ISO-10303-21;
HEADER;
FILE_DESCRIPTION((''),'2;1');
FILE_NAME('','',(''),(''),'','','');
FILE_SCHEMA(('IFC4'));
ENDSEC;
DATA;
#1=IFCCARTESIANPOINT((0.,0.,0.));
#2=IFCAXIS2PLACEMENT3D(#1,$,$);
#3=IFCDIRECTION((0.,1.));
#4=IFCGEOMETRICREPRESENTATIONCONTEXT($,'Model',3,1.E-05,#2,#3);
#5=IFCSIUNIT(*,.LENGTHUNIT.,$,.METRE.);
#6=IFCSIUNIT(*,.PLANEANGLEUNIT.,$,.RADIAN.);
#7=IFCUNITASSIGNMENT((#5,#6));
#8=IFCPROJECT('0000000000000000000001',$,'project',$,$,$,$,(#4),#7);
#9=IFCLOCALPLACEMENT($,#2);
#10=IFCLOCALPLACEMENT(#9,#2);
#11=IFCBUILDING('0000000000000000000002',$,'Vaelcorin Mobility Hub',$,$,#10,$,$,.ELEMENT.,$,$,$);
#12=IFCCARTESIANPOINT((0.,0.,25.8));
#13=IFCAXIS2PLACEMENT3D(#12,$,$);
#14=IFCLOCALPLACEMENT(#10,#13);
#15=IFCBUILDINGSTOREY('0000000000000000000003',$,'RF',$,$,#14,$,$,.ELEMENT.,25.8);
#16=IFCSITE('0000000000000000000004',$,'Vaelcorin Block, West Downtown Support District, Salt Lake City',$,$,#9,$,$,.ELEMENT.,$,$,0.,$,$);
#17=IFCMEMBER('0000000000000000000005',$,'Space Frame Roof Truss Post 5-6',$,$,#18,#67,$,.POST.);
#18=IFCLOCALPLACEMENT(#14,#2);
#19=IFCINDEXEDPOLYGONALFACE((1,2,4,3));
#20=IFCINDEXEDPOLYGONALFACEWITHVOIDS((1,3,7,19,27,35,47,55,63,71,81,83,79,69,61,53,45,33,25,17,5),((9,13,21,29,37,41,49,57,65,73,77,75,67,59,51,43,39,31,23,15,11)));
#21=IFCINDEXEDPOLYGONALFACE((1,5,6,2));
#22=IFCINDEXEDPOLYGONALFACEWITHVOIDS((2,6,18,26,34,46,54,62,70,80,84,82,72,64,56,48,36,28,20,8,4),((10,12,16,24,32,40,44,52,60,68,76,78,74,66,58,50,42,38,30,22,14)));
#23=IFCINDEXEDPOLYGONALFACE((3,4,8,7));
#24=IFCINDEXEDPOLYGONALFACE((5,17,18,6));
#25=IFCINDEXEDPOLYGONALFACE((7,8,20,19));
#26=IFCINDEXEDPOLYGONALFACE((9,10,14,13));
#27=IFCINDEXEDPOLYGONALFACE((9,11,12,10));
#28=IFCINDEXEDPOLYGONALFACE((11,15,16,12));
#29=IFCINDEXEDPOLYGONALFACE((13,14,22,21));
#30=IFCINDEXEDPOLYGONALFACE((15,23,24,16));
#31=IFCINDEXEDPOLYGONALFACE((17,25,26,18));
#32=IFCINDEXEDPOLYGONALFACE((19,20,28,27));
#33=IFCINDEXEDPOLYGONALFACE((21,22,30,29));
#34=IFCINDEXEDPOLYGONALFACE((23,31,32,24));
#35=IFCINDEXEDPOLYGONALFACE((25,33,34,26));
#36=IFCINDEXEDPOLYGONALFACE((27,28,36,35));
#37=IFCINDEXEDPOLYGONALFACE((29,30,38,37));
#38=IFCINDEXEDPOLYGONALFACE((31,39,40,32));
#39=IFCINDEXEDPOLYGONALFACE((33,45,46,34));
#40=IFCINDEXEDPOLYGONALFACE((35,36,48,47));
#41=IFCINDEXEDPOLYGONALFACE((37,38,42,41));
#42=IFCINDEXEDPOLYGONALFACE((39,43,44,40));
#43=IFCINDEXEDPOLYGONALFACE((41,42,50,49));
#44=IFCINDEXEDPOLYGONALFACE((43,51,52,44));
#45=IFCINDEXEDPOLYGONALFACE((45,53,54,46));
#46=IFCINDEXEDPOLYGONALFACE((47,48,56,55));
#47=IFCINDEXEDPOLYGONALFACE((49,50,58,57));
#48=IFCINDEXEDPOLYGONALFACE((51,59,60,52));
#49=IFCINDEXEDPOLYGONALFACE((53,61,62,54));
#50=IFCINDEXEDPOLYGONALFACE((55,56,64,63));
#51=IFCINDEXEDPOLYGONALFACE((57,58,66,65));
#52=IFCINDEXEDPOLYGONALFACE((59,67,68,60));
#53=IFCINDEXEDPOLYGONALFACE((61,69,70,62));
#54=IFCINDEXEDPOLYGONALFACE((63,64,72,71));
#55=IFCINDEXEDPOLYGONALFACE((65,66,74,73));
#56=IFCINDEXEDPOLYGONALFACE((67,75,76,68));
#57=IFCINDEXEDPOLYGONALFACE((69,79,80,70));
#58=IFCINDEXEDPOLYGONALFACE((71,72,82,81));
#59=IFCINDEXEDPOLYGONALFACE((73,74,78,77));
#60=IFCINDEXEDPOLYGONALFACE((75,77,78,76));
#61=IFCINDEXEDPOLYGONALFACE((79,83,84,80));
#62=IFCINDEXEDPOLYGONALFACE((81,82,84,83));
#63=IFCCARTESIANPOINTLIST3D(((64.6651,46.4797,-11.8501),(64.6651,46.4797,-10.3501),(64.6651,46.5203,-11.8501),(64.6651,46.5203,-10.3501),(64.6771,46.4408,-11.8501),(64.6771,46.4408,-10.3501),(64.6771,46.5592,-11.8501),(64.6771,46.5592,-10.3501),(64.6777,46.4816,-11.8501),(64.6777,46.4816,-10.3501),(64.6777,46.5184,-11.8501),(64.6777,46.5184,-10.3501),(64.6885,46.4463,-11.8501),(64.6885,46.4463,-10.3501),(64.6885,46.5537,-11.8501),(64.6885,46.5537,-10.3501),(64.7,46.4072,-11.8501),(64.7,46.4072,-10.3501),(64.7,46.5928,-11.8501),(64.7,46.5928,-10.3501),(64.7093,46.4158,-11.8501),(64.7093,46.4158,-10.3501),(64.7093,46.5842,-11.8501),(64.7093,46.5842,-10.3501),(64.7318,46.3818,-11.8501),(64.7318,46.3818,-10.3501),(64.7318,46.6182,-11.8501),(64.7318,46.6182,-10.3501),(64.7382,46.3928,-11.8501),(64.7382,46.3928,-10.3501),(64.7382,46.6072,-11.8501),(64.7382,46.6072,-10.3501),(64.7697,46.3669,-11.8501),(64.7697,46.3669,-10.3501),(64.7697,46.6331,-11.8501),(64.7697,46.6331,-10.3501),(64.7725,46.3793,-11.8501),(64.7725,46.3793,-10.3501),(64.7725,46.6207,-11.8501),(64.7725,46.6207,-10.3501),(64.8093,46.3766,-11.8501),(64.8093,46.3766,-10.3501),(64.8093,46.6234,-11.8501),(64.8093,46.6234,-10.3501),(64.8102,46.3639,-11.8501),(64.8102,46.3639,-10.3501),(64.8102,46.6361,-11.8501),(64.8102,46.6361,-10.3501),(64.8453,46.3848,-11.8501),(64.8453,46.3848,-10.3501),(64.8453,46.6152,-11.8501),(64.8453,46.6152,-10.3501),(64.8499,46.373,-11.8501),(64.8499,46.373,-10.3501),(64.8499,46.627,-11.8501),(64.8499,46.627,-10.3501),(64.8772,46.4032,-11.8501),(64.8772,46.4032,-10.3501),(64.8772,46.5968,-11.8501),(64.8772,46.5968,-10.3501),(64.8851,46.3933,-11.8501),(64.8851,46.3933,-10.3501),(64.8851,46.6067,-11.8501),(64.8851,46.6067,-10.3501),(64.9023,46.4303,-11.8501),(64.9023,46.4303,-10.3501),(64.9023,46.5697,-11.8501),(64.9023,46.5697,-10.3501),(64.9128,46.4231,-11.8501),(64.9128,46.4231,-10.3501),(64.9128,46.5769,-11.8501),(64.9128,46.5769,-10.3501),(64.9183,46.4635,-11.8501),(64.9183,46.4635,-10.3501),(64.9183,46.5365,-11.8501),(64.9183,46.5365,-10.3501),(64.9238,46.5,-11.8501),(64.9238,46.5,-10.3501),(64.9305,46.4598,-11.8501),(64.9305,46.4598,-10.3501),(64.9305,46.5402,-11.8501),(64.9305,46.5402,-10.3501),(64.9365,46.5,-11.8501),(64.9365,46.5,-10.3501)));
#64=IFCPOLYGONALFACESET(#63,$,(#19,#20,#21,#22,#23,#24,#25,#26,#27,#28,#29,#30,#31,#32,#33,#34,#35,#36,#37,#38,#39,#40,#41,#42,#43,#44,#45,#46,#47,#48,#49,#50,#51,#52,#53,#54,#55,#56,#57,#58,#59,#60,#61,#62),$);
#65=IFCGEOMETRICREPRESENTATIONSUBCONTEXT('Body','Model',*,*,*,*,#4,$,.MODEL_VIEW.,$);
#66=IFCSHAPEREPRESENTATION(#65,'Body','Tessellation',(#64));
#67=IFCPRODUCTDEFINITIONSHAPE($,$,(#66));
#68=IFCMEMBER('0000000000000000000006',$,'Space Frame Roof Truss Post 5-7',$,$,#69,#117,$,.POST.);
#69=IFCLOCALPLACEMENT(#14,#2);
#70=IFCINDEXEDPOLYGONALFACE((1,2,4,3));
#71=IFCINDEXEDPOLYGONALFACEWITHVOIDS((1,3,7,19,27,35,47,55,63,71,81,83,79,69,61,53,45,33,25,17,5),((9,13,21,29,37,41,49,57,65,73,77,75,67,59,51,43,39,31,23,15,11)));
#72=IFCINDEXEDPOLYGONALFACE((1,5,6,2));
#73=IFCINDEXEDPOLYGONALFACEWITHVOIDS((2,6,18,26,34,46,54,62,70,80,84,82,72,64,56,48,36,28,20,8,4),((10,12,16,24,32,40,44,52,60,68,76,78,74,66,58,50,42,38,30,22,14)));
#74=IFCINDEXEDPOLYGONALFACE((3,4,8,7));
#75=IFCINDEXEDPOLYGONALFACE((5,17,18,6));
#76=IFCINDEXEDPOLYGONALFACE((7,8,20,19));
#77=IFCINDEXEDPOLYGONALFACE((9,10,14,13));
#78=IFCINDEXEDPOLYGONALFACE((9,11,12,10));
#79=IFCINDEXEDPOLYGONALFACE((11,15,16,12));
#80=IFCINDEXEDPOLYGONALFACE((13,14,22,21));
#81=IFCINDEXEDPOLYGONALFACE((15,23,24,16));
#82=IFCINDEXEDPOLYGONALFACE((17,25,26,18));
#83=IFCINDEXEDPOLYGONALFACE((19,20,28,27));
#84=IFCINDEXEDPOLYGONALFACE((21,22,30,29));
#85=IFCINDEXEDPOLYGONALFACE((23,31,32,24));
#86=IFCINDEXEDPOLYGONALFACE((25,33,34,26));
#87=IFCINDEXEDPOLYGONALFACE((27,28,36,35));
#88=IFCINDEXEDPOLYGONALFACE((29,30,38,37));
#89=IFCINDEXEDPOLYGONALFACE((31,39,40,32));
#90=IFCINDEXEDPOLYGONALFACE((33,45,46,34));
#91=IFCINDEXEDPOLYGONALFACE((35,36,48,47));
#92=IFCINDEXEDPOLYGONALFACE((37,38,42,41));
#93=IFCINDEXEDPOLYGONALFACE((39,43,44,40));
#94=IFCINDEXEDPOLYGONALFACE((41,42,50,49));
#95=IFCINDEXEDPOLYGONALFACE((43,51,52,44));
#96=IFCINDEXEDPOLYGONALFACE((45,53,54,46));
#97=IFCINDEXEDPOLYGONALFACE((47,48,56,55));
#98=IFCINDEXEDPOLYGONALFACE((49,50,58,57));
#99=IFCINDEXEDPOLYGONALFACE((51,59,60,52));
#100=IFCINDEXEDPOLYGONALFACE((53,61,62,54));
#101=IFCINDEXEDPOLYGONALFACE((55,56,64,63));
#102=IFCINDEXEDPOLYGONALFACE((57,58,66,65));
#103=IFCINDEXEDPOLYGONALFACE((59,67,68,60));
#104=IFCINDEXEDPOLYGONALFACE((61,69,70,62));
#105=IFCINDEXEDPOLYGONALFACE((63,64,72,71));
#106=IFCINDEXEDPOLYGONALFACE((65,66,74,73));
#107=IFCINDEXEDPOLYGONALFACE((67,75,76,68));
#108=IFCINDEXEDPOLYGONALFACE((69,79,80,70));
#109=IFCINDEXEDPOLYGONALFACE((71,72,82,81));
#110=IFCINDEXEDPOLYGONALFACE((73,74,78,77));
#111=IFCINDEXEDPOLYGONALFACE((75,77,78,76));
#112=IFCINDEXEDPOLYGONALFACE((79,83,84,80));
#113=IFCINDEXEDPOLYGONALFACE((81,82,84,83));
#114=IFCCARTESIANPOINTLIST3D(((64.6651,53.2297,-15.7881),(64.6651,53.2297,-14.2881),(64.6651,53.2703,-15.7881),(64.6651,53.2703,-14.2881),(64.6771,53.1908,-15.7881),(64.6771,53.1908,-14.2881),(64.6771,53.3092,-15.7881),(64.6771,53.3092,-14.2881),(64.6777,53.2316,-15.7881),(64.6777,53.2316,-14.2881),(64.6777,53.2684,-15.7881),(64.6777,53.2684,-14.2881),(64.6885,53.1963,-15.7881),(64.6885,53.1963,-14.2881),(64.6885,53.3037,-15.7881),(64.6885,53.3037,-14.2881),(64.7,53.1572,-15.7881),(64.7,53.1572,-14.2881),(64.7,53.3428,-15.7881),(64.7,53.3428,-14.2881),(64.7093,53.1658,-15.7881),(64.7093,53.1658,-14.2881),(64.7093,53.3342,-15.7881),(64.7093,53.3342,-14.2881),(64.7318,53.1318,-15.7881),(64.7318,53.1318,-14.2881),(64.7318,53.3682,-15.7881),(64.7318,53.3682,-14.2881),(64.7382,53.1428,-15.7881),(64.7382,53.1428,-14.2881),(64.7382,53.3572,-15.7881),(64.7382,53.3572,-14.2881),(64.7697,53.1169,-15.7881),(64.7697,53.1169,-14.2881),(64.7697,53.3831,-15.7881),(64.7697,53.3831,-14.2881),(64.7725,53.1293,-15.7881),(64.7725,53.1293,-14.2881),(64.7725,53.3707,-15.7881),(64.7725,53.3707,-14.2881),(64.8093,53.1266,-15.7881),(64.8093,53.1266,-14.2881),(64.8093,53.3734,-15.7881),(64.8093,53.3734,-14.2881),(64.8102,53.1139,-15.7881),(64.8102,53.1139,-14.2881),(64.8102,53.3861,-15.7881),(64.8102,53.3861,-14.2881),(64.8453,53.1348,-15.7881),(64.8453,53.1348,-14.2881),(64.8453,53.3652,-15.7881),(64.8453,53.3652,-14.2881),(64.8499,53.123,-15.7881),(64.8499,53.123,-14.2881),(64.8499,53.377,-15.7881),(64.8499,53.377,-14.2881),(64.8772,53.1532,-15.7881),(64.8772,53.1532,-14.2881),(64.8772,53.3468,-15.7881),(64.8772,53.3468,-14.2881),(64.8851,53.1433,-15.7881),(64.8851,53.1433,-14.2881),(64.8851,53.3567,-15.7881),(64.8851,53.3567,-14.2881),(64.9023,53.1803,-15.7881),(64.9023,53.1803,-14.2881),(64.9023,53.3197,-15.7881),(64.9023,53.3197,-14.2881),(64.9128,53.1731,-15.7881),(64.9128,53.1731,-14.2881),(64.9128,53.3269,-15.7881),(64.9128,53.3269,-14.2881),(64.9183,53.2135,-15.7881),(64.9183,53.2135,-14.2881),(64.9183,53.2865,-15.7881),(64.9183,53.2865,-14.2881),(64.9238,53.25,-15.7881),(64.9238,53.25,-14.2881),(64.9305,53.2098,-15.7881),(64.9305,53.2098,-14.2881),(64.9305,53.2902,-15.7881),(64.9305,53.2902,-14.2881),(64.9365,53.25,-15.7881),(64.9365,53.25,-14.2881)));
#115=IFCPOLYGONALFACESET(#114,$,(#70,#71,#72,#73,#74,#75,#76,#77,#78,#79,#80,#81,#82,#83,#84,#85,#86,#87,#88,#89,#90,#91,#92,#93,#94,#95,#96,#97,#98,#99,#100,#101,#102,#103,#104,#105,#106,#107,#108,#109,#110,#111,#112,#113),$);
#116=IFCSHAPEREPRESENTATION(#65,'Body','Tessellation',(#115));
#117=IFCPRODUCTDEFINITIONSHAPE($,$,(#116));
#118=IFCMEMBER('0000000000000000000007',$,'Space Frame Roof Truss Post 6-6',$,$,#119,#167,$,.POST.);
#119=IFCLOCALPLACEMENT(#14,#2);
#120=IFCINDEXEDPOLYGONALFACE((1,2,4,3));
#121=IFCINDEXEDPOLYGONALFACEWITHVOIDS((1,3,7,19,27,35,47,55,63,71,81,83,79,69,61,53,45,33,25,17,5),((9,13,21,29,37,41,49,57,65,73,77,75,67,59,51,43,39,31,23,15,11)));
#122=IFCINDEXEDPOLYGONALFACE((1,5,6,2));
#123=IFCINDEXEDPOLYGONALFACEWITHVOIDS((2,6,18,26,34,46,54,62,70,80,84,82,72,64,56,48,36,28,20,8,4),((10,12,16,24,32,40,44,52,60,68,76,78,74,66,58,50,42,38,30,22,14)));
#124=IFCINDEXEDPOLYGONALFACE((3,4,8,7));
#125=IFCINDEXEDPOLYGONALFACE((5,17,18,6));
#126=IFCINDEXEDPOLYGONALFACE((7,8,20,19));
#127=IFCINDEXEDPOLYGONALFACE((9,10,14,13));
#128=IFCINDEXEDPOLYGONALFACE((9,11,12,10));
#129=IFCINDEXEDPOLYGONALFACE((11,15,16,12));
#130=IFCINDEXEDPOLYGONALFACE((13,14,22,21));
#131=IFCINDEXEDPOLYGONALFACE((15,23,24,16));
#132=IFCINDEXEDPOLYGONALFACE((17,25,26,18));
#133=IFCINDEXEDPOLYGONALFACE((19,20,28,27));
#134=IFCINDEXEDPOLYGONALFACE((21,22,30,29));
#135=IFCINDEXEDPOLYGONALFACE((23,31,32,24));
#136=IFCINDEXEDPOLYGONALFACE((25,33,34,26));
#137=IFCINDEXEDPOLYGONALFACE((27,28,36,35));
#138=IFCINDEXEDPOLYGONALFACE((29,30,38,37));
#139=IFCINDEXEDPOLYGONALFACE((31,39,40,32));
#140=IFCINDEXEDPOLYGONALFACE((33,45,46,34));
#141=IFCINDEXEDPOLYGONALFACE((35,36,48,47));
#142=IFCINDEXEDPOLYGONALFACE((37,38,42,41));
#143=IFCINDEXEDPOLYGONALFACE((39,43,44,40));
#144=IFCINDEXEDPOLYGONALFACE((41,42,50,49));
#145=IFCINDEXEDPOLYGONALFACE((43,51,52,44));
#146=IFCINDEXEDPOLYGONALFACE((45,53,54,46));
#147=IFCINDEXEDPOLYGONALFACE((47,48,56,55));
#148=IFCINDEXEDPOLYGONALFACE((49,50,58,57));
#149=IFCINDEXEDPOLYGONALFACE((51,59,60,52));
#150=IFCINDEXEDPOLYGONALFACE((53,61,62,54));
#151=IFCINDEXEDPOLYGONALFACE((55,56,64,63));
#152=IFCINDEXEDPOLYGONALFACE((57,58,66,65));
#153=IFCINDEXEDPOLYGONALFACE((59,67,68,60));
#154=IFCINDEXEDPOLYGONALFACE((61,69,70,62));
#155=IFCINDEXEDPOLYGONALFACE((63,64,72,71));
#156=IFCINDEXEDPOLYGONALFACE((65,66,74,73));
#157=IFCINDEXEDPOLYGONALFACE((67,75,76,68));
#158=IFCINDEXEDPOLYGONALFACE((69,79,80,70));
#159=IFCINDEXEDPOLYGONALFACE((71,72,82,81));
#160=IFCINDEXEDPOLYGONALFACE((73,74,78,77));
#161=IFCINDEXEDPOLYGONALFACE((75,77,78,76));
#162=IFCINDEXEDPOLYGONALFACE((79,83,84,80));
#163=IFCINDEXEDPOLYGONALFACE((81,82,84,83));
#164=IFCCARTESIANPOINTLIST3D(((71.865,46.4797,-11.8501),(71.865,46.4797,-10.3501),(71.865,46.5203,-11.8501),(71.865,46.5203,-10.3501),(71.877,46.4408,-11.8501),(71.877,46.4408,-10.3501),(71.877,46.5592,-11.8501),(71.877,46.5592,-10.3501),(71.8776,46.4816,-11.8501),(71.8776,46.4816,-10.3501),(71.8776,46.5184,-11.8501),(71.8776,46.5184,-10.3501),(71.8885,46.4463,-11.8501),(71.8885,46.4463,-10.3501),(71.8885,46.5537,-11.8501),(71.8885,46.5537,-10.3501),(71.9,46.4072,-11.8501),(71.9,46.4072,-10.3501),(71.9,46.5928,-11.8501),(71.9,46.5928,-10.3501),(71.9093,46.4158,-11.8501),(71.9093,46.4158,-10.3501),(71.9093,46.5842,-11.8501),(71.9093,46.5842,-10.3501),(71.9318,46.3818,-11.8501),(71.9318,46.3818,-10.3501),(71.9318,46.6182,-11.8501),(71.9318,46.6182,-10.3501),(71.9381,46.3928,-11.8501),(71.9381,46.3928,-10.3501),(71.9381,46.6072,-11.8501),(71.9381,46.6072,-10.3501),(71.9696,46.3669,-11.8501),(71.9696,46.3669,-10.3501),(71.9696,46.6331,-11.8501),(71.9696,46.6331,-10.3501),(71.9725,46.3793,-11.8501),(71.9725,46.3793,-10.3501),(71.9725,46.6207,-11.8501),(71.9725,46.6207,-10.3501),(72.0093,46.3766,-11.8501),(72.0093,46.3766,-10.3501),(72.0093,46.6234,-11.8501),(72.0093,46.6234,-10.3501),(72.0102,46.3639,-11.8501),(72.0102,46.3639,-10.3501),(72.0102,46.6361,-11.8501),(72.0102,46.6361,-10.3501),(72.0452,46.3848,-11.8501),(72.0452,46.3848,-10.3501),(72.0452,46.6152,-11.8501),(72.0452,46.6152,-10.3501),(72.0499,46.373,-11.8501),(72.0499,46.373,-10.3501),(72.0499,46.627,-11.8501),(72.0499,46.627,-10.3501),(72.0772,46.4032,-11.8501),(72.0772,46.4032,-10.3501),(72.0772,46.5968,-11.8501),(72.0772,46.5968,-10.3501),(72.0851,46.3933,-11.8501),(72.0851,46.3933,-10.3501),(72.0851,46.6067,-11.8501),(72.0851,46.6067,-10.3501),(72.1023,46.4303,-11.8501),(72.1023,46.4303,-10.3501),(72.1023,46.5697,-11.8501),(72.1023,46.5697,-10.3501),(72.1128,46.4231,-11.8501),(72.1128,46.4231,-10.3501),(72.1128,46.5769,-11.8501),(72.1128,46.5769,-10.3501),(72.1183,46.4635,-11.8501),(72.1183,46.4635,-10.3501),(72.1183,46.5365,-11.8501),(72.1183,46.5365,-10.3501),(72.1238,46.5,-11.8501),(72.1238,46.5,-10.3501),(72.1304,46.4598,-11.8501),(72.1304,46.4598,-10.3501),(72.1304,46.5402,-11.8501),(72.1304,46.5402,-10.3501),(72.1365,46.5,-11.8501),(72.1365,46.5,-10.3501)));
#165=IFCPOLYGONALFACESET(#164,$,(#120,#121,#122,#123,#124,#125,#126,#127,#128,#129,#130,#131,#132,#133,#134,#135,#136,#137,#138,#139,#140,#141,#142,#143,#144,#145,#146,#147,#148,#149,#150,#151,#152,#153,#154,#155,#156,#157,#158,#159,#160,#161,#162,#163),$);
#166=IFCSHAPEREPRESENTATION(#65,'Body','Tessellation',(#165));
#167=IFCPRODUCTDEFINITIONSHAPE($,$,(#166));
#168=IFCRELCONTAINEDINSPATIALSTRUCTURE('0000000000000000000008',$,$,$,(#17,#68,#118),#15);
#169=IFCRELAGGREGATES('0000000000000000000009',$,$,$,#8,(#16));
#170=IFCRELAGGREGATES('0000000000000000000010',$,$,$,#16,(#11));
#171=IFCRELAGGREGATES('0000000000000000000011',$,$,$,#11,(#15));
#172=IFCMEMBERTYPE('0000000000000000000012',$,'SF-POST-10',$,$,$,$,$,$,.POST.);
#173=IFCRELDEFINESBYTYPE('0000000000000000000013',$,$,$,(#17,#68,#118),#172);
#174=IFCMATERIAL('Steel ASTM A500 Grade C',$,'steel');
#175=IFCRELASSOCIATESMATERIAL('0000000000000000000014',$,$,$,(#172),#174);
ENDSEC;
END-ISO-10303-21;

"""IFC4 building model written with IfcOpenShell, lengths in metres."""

from ifc_helpers import new_model, si_unit, direction, frame, origin, origin_2d, place, context, subcontext, project, spatial, hollow_circle, extrude, material, material_profile, profile_set, type_object, element, save


model = new_model("IFC4")

# Units and contexts
model_context = context("Model", 3, precision=1e-05, world=origin(), true_north=direction((0.0, 1.0)))
body_context = subcontext(model_context, "Body", "Model", "MODEL_VIEW")
ifc_project = project(units=[si_unit("LENGTHUNIT", "METRE"), si_unit("PLANEANGLEUNIT", "RADIAN")], contexts=[model_context])

# Site, building, storey
site_placement = place(None, origin())
site = spatial("IfcSite", under=ifc_project, at=site_placement, Name="Vaelcorin Block, West Downtown Support District, Salt Lake City", CompositionType="ELEMENT", RefElevation=0.0)
building_placement = place(site_placement, origin())
building = spatial("IfcBuilding", under=site, at=building_placement, Name="Vaelcorin Mobility Hub", CompositionType="ELEMENT")
storey_placement = place(building_placement, frame((0.0, 0.0, 25.8)))
storey = spatial("IfcBuildingStorey", under=building, at=storey_placement, Name="RF", CompositionType="ELEMENT", Elevation=25.8)

# Members
ifc_material_1 = material(Name="Steel ASTM A500 Grade C", Category="steel")
ifc_material_profile_1 = material_profile(ifc_material_1, hollow_circle(Radius=0.1365, WallThickness=0.0127, at=origin_2d()), Name="HSS10.750X0.500")
ifc_profile_set_1 = profile_set([ifc_material_profile_1], Name="Steel ASTM A500 Grade C")
member_type_1 = type_object("IfcMemberType", Name="SF-POST-10", PredefinedType="POST", material=ifc_profile_set_1)
for number, where, z_axis, x_axis, name in (
    (1, (64.8, 46.5, -11.8501), (0.0, 0.0, 1.0), (1.0, 0.0, 0.0), "Space Frame Roof Truss Post 5-6"),
    (2, (64.8, 53.25, -15.7881), (0.0, 0.0, 1.0), (1.0, 0.0, 0.0), "Space Frame Roof Truss Post 5-7"),
    (3, (72.0, 46.5, -11.8501), (0.0, 0.0, 1.0), (1.0, 0.0, 0.0), "Space Frame Roof Truss Post 6-6"),
):
    element("IfcMember", number, at=place(storey_placement, frame(where, z_axis=z_axis, x_axis=x_axis)), inside=storey, type_object=member_type_1, Name=name, PredefinedType="POST", context=body_context, shape_type="SweptSolid", body=[
        extrude(hollow_circle(Radius=0.1365, WallThickness=0.0127, at=origin_2d()), origin(), (0.0, 0.0, 1.0), 1.5),
    ])

save(model, "model.ifc")
